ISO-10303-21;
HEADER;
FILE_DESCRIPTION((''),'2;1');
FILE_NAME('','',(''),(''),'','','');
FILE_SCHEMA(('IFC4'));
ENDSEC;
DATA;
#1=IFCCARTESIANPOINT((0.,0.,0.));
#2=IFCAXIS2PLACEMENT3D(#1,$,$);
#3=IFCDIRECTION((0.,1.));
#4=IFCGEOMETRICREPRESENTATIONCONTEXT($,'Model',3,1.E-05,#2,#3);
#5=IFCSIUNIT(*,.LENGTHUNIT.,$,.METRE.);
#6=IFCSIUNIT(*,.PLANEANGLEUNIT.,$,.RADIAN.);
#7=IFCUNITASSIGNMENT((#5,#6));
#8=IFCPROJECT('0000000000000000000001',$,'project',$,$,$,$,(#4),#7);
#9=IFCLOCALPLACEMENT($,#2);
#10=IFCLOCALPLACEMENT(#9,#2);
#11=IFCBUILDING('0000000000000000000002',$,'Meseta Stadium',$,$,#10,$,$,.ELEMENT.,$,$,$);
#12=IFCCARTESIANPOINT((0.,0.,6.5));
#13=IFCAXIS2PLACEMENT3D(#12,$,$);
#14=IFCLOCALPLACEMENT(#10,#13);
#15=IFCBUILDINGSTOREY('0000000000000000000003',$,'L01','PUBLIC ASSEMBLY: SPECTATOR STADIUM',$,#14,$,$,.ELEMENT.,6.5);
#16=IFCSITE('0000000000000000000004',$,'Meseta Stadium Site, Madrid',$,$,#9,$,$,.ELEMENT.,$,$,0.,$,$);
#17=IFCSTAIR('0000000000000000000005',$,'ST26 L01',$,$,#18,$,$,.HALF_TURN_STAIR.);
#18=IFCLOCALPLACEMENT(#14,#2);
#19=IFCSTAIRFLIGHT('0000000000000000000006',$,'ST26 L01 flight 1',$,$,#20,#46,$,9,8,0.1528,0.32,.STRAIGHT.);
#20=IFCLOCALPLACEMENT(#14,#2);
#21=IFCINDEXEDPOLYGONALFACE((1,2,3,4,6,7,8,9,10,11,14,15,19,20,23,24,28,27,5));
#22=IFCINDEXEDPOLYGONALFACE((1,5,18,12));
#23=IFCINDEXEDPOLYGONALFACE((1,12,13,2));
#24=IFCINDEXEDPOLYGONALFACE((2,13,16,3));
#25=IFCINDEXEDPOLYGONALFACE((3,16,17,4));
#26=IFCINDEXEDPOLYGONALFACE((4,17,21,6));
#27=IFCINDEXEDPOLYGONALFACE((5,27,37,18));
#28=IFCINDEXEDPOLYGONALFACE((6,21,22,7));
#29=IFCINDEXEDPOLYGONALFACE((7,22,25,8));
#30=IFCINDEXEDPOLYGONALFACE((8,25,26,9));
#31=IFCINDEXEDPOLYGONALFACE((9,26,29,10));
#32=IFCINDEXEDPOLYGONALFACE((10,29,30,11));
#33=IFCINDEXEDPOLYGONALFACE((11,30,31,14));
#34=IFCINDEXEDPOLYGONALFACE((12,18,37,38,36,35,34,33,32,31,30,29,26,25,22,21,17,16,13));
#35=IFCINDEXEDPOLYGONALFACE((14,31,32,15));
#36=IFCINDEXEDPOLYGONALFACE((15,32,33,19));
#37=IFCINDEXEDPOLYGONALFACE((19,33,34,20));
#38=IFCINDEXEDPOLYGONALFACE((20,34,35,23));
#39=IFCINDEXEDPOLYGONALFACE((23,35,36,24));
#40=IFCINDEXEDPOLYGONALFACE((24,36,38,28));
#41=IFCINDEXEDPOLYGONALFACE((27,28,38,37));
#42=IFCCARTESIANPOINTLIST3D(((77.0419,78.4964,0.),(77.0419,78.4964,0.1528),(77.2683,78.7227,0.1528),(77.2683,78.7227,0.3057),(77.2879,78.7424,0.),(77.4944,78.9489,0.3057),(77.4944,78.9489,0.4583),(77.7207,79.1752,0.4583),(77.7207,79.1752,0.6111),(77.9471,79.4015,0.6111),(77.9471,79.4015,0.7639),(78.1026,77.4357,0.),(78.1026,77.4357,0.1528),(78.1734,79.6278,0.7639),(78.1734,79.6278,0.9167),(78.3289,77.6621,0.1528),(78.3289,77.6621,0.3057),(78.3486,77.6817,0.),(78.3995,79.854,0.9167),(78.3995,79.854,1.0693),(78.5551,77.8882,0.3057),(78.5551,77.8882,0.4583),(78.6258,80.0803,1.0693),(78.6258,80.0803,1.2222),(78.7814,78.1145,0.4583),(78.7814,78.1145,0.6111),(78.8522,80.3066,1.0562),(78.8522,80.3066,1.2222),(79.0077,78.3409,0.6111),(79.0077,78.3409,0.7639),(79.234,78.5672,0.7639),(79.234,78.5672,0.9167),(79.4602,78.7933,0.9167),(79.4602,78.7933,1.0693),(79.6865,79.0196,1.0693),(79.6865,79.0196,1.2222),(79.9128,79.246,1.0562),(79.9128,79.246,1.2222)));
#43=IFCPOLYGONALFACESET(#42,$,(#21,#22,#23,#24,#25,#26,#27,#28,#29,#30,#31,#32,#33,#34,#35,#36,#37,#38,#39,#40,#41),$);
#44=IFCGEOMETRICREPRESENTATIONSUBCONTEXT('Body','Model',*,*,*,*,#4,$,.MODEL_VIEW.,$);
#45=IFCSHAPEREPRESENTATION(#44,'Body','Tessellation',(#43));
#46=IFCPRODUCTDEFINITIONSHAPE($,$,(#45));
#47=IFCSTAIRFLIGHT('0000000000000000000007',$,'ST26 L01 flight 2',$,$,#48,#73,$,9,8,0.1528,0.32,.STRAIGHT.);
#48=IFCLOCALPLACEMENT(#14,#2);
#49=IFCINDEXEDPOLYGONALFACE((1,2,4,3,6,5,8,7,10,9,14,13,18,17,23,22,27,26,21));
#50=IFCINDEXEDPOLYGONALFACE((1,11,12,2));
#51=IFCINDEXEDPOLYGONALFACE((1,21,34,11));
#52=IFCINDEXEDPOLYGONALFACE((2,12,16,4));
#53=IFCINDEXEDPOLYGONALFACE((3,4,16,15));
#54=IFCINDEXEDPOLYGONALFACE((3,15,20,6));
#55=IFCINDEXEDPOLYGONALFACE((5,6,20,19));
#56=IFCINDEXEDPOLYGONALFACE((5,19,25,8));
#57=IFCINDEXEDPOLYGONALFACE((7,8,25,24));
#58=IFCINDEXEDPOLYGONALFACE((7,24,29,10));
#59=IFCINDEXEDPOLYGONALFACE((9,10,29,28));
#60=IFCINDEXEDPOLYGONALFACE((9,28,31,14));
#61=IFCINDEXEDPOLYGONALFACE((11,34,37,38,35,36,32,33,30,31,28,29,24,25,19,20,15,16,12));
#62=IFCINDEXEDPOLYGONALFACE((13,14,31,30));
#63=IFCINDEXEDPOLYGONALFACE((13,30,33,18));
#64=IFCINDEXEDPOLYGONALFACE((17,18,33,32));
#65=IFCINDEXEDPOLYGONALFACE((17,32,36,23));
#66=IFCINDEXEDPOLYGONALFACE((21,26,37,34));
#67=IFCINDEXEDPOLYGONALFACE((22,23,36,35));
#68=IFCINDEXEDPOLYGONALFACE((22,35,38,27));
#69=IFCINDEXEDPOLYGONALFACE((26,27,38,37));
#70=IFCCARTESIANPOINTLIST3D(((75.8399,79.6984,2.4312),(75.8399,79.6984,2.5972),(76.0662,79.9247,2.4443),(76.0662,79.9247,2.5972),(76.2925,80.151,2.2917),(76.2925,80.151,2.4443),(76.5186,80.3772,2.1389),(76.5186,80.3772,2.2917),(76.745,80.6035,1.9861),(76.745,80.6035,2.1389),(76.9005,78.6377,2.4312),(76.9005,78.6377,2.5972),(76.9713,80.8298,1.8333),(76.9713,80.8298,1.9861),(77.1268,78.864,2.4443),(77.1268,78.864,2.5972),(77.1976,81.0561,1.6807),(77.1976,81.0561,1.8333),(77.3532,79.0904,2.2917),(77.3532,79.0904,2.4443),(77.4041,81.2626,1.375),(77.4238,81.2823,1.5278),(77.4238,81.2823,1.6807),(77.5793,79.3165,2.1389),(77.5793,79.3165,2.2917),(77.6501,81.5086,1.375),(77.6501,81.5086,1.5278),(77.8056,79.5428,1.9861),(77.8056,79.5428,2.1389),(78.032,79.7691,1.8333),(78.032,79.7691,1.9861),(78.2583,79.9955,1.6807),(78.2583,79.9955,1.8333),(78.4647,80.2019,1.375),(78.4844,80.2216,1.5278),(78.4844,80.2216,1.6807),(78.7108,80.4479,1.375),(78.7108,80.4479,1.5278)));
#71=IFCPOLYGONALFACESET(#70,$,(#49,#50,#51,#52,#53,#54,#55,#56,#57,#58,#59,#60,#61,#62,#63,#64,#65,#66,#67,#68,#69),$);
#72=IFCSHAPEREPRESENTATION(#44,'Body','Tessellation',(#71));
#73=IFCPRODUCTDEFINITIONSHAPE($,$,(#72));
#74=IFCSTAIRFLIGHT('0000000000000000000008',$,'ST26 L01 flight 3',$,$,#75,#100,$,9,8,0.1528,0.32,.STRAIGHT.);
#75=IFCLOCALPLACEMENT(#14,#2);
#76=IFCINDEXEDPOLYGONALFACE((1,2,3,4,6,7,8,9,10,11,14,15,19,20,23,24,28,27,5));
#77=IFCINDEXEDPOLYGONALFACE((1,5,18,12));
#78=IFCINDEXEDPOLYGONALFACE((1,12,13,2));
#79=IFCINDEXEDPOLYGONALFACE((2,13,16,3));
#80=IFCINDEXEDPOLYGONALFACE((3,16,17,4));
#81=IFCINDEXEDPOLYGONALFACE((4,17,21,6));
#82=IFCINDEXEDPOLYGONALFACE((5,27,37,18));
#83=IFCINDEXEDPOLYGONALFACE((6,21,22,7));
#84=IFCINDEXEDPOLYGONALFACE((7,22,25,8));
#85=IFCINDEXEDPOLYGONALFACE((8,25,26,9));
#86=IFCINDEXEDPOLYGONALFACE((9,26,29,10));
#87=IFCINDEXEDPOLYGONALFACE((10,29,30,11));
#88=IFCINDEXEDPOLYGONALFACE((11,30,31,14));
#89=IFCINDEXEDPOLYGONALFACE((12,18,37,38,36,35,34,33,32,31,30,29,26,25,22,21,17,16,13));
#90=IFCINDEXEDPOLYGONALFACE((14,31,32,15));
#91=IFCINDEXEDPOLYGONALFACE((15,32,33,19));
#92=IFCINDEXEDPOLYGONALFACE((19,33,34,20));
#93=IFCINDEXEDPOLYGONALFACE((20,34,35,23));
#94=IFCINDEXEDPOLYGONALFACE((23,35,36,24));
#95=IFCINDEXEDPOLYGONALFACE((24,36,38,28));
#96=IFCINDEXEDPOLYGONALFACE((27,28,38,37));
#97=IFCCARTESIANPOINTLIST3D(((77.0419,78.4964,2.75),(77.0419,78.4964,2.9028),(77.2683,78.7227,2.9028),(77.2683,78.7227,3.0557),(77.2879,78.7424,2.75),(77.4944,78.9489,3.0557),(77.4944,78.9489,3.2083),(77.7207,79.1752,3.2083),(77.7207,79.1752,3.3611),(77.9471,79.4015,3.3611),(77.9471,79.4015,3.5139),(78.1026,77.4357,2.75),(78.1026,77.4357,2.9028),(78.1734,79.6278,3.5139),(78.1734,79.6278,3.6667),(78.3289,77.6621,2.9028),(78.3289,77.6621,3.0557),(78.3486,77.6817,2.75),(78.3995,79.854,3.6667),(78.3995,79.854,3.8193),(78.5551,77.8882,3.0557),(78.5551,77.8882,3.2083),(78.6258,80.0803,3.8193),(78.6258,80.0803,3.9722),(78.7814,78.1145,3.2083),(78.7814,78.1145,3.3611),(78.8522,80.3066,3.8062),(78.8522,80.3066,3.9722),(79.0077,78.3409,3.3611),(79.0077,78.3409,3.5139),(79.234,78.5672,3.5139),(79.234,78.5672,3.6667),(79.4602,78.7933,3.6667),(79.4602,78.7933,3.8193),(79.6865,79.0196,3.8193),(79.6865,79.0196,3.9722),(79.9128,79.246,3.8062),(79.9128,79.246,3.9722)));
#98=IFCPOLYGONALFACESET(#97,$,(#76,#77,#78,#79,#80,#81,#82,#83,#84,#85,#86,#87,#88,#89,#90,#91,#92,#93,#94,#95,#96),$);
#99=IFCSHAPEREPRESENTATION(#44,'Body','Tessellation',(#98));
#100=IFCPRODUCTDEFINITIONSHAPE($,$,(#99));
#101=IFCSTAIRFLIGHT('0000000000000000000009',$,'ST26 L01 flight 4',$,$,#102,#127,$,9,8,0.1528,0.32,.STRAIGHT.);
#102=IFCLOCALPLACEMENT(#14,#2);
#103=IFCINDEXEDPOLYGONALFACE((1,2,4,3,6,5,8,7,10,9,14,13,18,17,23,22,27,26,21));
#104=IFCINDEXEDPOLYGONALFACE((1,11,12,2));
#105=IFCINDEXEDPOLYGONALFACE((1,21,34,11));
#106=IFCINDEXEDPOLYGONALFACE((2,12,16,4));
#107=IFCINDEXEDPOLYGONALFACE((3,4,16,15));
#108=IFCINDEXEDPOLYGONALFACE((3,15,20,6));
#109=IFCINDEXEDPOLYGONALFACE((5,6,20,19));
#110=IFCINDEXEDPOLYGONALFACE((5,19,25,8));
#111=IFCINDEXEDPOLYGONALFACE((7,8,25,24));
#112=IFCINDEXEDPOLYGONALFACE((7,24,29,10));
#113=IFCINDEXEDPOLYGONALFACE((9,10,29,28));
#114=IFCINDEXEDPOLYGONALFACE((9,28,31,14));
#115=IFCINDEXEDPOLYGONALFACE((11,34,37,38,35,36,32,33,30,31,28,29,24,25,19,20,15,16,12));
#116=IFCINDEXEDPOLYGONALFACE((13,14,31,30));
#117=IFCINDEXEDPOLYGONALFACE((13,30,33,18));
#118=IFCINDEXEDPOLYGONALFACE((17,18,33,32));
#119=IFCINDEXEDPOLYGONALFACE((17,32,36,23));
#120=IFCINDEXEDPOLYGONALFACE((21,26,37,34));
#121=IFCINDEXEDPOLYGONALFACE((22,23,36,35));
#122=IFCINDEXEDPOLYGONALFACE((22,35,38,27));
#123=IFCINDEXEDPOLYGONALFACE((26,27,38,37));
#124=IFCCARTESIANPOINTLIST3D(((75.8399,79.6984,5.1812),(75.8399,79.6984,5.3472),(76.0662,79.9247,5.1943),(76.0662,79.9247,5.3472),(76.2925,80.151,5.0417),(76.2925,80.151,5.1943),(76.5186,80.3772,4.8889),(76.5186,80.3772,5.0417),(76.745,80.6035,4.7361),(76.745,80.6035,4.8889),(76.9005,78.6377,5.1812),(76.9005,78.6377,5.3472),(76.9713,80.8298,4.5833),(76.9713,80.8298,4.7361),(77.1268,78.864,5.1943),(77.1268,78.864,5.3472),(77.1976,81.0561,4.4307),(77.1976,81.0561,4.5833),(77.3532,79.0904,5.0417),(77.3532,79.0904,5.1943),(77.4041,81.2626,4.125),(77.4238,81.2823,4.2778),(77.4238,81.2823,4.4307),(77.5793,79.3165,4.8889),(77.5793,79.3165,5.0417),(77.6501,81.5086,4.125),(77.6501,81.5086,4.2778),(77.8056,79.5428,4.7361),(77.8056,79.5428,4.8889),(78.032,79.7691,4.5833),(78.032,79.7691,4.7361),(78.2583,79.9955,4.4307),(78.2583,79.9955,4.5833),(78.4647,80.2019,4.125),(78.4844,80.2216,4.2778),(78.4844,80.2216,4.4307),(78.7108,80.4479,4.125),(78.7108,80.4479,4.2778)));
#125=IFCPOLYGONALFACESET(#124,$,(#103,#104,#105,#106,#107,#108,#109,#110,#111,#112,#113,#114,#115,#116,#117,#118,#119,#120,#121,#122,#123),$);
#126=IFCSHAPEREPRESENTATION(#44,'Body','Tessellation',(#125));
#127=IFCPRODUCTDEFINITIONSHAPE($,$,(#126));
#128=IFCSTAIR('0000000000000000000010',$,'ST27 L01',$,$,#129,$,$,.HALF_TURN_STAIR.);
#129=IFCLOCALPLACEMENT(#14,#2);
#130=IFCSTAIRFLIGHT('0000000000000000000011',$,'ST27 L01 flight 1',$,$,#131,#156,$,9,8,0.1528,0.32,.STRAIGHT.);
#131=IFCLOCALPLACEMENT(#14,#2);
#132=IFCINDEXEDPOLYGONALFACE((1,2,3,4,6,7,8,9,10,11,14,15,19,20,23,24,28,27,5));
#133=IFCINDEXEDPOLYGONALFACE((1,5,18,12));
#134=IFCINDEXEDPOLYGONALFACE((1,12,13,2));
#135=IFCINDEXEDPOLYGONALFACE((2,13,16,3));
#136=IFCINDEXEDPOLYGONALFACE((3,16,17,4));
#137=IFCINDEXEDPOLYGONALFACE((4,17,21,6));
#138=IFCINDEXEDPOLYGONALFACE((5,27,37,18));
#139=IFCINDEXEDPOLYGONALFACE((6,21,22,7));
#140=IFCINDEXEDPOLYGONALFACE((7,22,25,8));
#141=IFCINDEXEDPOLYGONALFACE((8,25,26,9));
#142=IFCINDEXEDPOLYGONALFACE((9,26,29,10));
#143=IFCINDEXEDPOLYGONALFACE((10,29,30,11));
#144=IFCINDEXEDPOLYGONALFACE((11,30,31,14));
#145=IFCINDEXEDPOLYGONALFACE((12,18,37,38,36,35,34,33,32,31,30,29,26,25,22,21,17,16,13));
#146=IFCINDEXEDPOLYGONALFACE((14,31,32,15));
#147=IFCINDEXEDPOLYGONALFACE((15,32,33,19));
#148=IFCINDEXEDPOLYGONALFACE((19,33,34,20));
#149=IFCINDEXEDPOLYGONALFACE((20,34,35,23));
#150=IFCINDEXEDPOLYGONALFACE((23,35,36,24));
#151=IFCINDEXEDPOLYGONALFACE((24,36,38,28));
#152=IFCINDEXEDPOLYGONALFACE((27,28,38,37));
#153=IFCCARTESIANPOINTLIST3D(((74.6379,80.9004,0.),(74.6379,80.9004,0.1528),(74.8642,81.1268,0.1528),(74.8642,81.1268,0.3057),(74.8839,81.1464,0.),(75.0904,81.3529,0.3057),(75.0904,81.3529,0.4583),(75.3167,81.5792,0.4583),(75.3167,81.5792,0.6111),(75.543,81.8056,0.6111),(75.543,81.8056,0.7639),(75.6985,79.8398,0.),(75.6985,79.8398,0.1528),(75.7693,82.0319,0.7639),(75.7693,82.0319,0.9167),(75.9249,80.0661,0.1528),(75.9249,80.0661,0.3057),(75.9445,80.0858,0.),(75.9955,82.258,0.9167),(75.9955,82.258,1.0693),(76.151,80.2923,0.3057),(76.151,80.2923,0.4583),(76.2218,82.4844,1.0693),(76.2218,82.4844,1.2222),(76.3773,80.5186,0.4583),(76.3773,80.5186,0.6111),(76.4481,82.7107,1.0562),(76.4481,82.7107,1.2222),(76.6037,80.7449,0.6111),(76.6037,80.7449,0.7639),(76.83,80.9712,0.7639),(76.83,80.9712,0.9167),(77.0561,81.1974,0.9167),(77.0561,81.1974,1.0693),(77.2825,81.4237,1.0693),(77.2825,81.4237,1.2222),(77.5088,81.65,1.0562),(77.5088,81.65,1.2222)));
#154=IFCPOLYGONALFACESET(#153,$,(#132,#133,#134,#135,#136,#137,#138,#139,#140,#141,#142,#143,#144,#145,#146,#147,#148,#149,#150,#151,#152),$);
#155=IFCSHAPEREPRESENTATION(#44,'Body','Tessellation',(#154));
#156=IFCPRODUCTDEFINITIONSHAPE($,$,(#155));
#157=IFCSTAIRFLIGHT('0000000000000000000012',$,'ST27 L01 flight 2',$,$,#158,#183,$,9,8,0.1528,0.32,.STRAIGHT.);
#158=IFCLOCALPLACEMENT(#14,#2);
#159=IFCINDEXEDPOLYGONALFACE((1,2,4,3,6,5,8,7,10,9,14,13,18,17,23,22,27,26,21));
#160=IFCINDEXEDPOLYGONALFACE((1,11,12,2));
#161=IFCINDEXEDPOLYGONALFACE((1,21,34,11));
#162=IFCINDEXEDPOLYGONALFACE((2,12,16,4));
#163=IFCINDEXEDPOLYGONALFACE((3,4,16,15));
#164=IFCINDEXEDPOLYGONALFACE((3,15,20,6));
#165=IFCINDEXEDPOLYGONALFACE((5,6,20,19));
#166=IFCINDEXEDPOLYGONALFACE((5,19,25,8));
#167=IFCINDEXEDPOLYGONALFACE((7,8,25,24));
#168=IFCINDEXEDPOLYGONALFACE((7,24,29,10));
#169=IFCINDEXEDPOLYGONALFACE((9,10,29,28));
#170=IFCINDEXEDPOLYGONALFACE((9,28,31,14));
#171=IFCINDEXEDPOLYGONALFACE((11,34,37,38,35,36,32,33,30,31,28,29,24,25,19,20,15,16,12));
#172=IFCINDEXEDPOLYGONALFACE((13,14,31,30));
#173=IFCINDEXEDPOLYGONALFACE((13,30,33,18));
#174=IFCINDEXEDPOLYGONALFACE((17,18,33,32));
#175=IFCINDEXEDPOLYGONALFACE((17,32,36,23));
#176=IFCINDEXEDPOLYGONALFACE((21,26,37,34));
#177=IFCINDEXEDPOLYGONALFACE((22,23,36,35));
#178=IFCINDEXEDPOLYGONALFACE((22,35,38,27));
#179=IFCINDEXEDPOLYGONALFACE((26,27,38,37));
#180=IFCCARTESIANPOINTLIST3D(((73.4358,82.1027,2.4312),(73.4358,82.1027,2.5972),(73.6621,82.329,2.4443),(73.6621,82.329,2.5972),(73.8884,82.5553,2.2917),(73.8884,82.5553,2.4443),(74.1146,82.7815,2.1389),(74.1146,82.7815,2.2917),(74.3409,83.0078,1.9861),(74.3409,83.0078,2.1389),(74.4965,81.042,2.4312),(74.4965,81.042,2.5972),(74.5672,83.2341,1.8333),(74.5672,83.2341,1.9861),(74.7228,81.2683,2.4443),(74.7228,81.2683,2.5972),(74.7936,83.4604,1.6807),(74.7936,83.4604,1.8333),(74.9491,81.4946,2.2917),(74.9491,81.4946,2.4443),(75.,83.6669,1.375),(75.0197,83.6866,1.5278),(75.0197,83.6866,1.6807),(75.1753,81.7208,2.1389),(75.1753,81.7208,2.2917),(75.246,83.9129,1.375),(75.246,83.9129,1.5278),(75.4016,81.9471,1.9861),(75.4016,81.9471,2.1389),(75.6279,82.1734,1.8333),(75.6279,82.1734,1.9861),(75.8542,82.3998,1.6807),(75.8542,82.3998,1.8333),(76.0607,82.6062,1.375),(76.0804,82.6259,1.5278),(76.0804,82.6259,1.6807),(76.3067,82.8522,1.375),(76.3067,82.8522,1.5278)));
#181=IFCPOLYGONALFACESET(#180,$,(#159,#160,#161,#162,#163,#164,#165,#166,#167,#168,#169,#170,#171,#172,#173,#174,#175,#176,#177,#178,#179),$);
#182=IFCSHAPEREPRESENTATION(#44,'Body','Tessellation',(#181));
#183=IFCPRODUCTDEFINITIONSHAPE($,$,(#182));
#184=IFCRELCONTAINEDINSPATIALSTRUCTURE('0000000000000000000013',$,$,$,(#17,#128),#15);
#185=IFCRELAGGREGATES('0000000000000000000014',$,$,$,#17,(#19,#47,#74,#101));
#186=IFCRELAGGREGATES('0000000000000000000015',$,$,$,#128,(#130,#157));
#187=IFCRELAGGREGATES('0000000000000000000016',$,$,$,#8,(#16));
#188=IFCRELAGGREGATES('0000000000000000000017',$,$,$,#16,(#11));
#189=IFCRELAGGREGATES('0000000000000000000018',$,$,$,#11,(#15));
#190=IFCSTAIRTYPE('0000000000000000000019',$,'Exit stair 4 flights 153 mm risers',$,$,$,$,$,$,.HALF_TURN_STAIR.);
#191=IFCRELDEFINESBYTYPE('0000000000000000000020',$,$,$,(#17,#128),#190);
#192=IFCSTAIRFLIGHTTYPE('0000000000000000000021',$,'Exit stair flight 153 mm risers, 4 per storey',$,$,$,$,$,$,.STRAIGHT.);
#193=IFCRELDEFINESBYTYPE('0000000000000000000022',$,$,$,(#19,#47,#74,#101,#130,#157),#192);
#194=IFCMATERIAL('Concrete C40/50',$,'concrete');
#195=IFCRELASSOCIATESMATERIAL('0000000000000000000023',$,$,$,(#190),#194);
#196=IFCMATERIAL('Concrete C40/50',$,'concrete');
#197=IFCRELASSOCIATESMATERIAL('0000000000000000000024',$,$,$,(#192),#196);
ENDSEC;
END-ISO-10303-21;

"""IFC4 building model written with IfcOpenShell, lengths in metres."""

from ifc_helpers import new_model, si_unit, direction, frame, origin, place, context, subcontext, project, spatial, polyline, outline, extrude, material, type_object, element, aggregate, save


model = new_model("IFC4")

# Units and contexts
model_context = context("Model", 3, precision=1e-05, world=origin(), true_north=direction((0.0, 1.0)))
body_context = subcontext(model_context, "Body", "Model", "MODEL_VIEW")
ifc_project = project(units=[si_unit("LENGTHUNIT", "METRE"), si_unit("PLANEANGLEUNIT", "RADIAN")], contexts=[model_context])

# Site, building, storey
site_placement = place(None, origin())
site = spatial("IfcSite", under=ifc_project, at=site_placement, Name="Meseta Stadium Site, Madrid", CompositionType="ELEMENT", RefElevation=0.0)
building_placement = place(site_placement, origin())
building = spatial("IfcBuilding", under=site, at=building_placement, Name="Meseta Stadium", CompositionType="ELEMENT")
storey_placement = place(building_placement, frame((0.0, 0.0, 6.5)))
storey = spatial("IfcBuildingStorey", under=building, at=storey_placement, Name="L01", Description="PUBLIC ASSEMBLY: SPECTATOR STADIUM", CompositionType="ELEMENT", Elevation=6.5)

# Stairs, stair flights
ifc_material_1 = material(Name="Concrete C40/50", Category="concrete")
stair_type = type_object("IfcStairType", Name="Exit stair 4 flights 153 mm risers", PredefinedType="HALF_TURN_STAIR", material=ifc_material_1)
stair_1_placement = place(storey_placement, origin())
stair_1 = element("IfcStair", 1, at=stair_1_placement, inside=storey, type_object=stair_type, Name="ST26 L01", PredefinedType="HALF_TURN_STAIR")
ifc_material_2 = material(Name="Concrete C40/50", Category="concrete")
stair_flight_type = type_object("IfcStairFlightType", Name="Exit stair flight 153 mm risers, 4 per storey", PredefinedType="STRAIGHT", material=ifc_material_2)
stair_flight_1_placement = place(storey_placement, frame((77.5723, 77.9661, 0.0), z_axis=(0.0, 0.0, 1.0), x_axis=(0.707107, 0.707107, 0.0)))
stair_flight_1 = element("IfcStairFlight", 2, at=stair_flight_1_placement, type_object=stair_flight_type, Name="ST26 L01 flight 1", NumberOfRisers=9, NumberOfTreads=8, PredefinedType="STRAIGHT", RiserHeight=0.1528, TreadLength=0.32, context=body_context, shape_type="SweptSolid", body=[
    extrude(outline(polyline([(0.0, 0.0), (0.0, 0.1528), (0.3201, 0.1528), (0.3201, 0.3057), (0.6399, 0.3057), (0.6399, 0.4583), (0.96, 0.4583), (0.96, 0.6111), (1.28, 0.6111), (1.28, 0.7639), (1.6001, 0.7639), (1.6001, 0.9167), (1.9199, 0.9167), (1.9199, 1.0693), (2.24, 1.0693), (2.24, 1.2222), (2.5601, 1.2222), (2.5601, 1.0562), (0.3479, 0.0), (0.0, 0.0)])), frame((0.0, 0.75, 0.0), z_axis=(0.0, -1.0, 0.0), x_axis=(1.0, 0.0, 0.0)), (0.0, 0.0, 1.0), 1.5),
])
stair_flight_2_placement = place(storey_placement, frame((78.1804, 80.9783, 1.375), z_axis=(0.0, 0.0, 1.0), x_axis=(-0.707107, -0.707107, 0.0)))
stair_flight_2 = element("IfcStairFlight", 3, at=stair_flight_2_placement, type_object=stair_flight_type, Name="ST26 L01 flight 2", NumberOfRisers=9, NumberOfTreads=8, PredefinedType="STRAIGHT", RiserHeight=0.1528, TreadLength=0.32, context=body_context, shape_type="SweptSolid", body=[
    extrude(outline(polyline([(0.0, 0.0), (0.0, 0.1528), (0.3201, 0.1528), (0.3201, 0.3057), (0.6399, 0.3057), (0.6399, 0.4583), (0.96, 0.4583), (0.96, 0.6111), (1.28, 0.6111), (1.28, 0.7639), (1.6001, 0.7639), (1.6001, 0.9167), (1.9199, 0.9167), (1.9199, 1.0693), (2.24, 1.0693), (2.24, 1.2222), (2.5601, 1.2222), (2.5601, 1.0562), (0.3479, 0.0), (0.0, 0.0)])), frame((0.0, 0.75, 0.0), z_axis=(0.0, -1.0, 0.0), x_axis=(1.0, 0.0, 0.0)), (0.0, 0.0, 1.0), 1.5),
])
stair_flight_3_placement = place(storey_placement, frame((77.5723, 77.9661, 2.75), z_axis=(0.0, 0.0, 1.0), x_axis=(0.707107, 0.707107, 0.0)))
stair_flight_3 = element("IfcStairFlight", 4, at=stair_flight_3_placement, type_object=stair_flight_type, Name="ST26 L01 flight 3", NumberOfRisers=9, NumberOfTreads=8, PredefinedType="STRAIGHT", RiserHeight=0.1528, TreadLength=0.32, context=body_context, shape_type="SweptSolid", body=[
    extrude(outline(polyline([(0.0, 0.0), (0.0, 0.1528), (0.3201, 0.1528), (0.3201, 0.3057), (0.6399, 0.3057), (0.6399, 0.4583), (0.96, 0.4583), (0.96, 0.6111), (1.28, 0.6111), (1.28, 0.7639), (1.6001, 0.7639), (1.6001, 0.9167), (1.9199, 0.9167), (1.9199, 1.0693), (2.24, 1.0693), (2.24, 1.2222), (2.5601, 1.2222), (2.5601, 1.0562), (0.3479, 0.0), (0.0, 0.0)])), frame((0.0, 0.75, 0.0), z_axis=(0.0, -1.0, 0.0), x_axis=(1.0, 0.0, 0.0)), (0.0, 0.0, 1.0), 1.5),
])
stair_flight_4_placement = place(storey_placement, frame((78.1804, 80.9783, 4.125), z_axis=(0.0, 0.0, 1.0), x_axis=(-0.707107, -0.707107, 0.0)))
stair_flight_4 = element("IfcStairFlight", 5, at=stair_flight_4_placement, type_object=stair_flight_type, Name="ST26 L01 flight 4", NumberOfRisers=9, NumberOfTreads=8, PredefinedType="STRAIGHT", RiserHeight=0.1528, TreadLength=0.32, context=body_context, shape_type="SweptSolid", body=[
    extrude(outline(polyline([(0.0, 0.0), (0.0, 0.1528), (0.3201, 0.1528), (0.3201, 0.3057), (0.6399, 0.3057), (0.6399, 0.4583), (0.96, 0.4583), (0.96, 0.6111), (1.28, 0.6111), (1.28, 0.7639), (1.6001, 0.7639), (1.6001, 0.9167), (1.9199, 0.9167), (1.9199, 1.0693), (2.24, 1.0693), (2.24, 1.2222), (2.5601, 1.2222), (2.5601, 1.0562), (0.3479, 0.0), (0.0, 0.0)])), frame((0.0, 0.75, 0.0), z_axis=(0.0, -1.0, 0.0), x_axis=(1.0, 0.0, 0.0)), (0.0, 0.0, 1.0), 1.5),
])
aggregate(stair_1, [stair_flight_1, stair_flight_2, stair_flight_3, stair_flight_4])
stair_2_placement = place(storey_placement, origin())
stair_2 = element("IfcStair", 6, at=stair_2_placement, inside=storey, type_object=stair_type, Name="ST27 L01", PredefinedType="HALF_TURN_STAIR")
stair_flight_5_placement = place(storey_placement, frame((75.1682, 80.3701, 0.0), z_axis=(0.0, 0.0, 1.0), x_axis=(0.707107, 0.707107, 0.0)))
stair_flight_5 = element("IfcStairFlight", 7, at=stair_flight_5_placement, type_object=stair_flight_type, Name="ST27 L01 flight 1", NumberOfRisers=9, NumberOfTreads=8, PredefinedType="STRAIGHT", RiserHeight=0.1528, TreadLength=0.32, context=body_context, shape_type="SweptSolid", body=[
    extrude(outline(polyline([(0.0, 0.0), (0.0, 0.1528), (0.3201, 0.1528), (0.3201, 0.3057), (0.6399, 0.3057), (0.6399, 0.4583), (0.96, 0.4583), (0.96, 0.6111), (1.28, 0.6111), (1.28, 0.7639), (1.6001, 0.7639), (1.6001, 0.9167), (1.9199, 0.9167), (1.9199, 1.0693), (2.24, 1.0693), (2.24, 1.2222), (2.5601, 1.2222), (2.5601, 1.0562), (0.3479, 0.0), (0.0, 0.0)])), frame((0.0, 0.75, 0.0), z_axis=(0.0, -1.0, 0.0), x_axis=(1.0, 0.0, 0.0)), (0.0, 0.0, 1.0), 1.5),
])
stair_flight_6_placement = place(storey_placement, frame((75.7764, 83.3826, 1.375), z_axis=(0.0, 0.0, 1.0), x_axis=(-0.707107, -0.707107, 0.0)))
stair_flight_6 = element("IfcStairFlight", 8, at=stair_flight_6_placement, type_object=stair_flight_type, Name="ST27 L01 flight 2", NumberOfRisers=9, NumberOfTreads=8, PredefinedType="STRAIGHT", RiserHeight=0.1528, TreadLength=0.32, context=body_context, shape_type="SweptSolid", body=[
    extrude(outline(polyline([(0.0, 0.0), (0.0, 0.1528), (0.3201, 0.1528), (0.3201, 0.3057), (0.6399, 0.3057), (0.6399, 0.4583), (0.96, 0.4583), (0.96, 0.6111), (1.28, 0.6111), (1.28, 0.7639), (1.6001, 0.7639), (1.6001, 0.9167), (1.9199, 0.9167), (1.9199, 1.0693), (2.24, 1.0693), (2.24, 1.2222), (2.5601, 1.2222), (2.5601, 1.0562), (0.3479, 0.0), (0.0, 0.0)])), frame((0.0, 0.75, 0.0), z_axis=(0.0, -1.0, 0.0), x_axis=(1.0, 0.0, 0.0)), (0.0, 0.0, 1.0), 1.5),
])
aggregate(stair_2, [stair_flight_5, stair_flight_6])

save(model, "model.ifc")
